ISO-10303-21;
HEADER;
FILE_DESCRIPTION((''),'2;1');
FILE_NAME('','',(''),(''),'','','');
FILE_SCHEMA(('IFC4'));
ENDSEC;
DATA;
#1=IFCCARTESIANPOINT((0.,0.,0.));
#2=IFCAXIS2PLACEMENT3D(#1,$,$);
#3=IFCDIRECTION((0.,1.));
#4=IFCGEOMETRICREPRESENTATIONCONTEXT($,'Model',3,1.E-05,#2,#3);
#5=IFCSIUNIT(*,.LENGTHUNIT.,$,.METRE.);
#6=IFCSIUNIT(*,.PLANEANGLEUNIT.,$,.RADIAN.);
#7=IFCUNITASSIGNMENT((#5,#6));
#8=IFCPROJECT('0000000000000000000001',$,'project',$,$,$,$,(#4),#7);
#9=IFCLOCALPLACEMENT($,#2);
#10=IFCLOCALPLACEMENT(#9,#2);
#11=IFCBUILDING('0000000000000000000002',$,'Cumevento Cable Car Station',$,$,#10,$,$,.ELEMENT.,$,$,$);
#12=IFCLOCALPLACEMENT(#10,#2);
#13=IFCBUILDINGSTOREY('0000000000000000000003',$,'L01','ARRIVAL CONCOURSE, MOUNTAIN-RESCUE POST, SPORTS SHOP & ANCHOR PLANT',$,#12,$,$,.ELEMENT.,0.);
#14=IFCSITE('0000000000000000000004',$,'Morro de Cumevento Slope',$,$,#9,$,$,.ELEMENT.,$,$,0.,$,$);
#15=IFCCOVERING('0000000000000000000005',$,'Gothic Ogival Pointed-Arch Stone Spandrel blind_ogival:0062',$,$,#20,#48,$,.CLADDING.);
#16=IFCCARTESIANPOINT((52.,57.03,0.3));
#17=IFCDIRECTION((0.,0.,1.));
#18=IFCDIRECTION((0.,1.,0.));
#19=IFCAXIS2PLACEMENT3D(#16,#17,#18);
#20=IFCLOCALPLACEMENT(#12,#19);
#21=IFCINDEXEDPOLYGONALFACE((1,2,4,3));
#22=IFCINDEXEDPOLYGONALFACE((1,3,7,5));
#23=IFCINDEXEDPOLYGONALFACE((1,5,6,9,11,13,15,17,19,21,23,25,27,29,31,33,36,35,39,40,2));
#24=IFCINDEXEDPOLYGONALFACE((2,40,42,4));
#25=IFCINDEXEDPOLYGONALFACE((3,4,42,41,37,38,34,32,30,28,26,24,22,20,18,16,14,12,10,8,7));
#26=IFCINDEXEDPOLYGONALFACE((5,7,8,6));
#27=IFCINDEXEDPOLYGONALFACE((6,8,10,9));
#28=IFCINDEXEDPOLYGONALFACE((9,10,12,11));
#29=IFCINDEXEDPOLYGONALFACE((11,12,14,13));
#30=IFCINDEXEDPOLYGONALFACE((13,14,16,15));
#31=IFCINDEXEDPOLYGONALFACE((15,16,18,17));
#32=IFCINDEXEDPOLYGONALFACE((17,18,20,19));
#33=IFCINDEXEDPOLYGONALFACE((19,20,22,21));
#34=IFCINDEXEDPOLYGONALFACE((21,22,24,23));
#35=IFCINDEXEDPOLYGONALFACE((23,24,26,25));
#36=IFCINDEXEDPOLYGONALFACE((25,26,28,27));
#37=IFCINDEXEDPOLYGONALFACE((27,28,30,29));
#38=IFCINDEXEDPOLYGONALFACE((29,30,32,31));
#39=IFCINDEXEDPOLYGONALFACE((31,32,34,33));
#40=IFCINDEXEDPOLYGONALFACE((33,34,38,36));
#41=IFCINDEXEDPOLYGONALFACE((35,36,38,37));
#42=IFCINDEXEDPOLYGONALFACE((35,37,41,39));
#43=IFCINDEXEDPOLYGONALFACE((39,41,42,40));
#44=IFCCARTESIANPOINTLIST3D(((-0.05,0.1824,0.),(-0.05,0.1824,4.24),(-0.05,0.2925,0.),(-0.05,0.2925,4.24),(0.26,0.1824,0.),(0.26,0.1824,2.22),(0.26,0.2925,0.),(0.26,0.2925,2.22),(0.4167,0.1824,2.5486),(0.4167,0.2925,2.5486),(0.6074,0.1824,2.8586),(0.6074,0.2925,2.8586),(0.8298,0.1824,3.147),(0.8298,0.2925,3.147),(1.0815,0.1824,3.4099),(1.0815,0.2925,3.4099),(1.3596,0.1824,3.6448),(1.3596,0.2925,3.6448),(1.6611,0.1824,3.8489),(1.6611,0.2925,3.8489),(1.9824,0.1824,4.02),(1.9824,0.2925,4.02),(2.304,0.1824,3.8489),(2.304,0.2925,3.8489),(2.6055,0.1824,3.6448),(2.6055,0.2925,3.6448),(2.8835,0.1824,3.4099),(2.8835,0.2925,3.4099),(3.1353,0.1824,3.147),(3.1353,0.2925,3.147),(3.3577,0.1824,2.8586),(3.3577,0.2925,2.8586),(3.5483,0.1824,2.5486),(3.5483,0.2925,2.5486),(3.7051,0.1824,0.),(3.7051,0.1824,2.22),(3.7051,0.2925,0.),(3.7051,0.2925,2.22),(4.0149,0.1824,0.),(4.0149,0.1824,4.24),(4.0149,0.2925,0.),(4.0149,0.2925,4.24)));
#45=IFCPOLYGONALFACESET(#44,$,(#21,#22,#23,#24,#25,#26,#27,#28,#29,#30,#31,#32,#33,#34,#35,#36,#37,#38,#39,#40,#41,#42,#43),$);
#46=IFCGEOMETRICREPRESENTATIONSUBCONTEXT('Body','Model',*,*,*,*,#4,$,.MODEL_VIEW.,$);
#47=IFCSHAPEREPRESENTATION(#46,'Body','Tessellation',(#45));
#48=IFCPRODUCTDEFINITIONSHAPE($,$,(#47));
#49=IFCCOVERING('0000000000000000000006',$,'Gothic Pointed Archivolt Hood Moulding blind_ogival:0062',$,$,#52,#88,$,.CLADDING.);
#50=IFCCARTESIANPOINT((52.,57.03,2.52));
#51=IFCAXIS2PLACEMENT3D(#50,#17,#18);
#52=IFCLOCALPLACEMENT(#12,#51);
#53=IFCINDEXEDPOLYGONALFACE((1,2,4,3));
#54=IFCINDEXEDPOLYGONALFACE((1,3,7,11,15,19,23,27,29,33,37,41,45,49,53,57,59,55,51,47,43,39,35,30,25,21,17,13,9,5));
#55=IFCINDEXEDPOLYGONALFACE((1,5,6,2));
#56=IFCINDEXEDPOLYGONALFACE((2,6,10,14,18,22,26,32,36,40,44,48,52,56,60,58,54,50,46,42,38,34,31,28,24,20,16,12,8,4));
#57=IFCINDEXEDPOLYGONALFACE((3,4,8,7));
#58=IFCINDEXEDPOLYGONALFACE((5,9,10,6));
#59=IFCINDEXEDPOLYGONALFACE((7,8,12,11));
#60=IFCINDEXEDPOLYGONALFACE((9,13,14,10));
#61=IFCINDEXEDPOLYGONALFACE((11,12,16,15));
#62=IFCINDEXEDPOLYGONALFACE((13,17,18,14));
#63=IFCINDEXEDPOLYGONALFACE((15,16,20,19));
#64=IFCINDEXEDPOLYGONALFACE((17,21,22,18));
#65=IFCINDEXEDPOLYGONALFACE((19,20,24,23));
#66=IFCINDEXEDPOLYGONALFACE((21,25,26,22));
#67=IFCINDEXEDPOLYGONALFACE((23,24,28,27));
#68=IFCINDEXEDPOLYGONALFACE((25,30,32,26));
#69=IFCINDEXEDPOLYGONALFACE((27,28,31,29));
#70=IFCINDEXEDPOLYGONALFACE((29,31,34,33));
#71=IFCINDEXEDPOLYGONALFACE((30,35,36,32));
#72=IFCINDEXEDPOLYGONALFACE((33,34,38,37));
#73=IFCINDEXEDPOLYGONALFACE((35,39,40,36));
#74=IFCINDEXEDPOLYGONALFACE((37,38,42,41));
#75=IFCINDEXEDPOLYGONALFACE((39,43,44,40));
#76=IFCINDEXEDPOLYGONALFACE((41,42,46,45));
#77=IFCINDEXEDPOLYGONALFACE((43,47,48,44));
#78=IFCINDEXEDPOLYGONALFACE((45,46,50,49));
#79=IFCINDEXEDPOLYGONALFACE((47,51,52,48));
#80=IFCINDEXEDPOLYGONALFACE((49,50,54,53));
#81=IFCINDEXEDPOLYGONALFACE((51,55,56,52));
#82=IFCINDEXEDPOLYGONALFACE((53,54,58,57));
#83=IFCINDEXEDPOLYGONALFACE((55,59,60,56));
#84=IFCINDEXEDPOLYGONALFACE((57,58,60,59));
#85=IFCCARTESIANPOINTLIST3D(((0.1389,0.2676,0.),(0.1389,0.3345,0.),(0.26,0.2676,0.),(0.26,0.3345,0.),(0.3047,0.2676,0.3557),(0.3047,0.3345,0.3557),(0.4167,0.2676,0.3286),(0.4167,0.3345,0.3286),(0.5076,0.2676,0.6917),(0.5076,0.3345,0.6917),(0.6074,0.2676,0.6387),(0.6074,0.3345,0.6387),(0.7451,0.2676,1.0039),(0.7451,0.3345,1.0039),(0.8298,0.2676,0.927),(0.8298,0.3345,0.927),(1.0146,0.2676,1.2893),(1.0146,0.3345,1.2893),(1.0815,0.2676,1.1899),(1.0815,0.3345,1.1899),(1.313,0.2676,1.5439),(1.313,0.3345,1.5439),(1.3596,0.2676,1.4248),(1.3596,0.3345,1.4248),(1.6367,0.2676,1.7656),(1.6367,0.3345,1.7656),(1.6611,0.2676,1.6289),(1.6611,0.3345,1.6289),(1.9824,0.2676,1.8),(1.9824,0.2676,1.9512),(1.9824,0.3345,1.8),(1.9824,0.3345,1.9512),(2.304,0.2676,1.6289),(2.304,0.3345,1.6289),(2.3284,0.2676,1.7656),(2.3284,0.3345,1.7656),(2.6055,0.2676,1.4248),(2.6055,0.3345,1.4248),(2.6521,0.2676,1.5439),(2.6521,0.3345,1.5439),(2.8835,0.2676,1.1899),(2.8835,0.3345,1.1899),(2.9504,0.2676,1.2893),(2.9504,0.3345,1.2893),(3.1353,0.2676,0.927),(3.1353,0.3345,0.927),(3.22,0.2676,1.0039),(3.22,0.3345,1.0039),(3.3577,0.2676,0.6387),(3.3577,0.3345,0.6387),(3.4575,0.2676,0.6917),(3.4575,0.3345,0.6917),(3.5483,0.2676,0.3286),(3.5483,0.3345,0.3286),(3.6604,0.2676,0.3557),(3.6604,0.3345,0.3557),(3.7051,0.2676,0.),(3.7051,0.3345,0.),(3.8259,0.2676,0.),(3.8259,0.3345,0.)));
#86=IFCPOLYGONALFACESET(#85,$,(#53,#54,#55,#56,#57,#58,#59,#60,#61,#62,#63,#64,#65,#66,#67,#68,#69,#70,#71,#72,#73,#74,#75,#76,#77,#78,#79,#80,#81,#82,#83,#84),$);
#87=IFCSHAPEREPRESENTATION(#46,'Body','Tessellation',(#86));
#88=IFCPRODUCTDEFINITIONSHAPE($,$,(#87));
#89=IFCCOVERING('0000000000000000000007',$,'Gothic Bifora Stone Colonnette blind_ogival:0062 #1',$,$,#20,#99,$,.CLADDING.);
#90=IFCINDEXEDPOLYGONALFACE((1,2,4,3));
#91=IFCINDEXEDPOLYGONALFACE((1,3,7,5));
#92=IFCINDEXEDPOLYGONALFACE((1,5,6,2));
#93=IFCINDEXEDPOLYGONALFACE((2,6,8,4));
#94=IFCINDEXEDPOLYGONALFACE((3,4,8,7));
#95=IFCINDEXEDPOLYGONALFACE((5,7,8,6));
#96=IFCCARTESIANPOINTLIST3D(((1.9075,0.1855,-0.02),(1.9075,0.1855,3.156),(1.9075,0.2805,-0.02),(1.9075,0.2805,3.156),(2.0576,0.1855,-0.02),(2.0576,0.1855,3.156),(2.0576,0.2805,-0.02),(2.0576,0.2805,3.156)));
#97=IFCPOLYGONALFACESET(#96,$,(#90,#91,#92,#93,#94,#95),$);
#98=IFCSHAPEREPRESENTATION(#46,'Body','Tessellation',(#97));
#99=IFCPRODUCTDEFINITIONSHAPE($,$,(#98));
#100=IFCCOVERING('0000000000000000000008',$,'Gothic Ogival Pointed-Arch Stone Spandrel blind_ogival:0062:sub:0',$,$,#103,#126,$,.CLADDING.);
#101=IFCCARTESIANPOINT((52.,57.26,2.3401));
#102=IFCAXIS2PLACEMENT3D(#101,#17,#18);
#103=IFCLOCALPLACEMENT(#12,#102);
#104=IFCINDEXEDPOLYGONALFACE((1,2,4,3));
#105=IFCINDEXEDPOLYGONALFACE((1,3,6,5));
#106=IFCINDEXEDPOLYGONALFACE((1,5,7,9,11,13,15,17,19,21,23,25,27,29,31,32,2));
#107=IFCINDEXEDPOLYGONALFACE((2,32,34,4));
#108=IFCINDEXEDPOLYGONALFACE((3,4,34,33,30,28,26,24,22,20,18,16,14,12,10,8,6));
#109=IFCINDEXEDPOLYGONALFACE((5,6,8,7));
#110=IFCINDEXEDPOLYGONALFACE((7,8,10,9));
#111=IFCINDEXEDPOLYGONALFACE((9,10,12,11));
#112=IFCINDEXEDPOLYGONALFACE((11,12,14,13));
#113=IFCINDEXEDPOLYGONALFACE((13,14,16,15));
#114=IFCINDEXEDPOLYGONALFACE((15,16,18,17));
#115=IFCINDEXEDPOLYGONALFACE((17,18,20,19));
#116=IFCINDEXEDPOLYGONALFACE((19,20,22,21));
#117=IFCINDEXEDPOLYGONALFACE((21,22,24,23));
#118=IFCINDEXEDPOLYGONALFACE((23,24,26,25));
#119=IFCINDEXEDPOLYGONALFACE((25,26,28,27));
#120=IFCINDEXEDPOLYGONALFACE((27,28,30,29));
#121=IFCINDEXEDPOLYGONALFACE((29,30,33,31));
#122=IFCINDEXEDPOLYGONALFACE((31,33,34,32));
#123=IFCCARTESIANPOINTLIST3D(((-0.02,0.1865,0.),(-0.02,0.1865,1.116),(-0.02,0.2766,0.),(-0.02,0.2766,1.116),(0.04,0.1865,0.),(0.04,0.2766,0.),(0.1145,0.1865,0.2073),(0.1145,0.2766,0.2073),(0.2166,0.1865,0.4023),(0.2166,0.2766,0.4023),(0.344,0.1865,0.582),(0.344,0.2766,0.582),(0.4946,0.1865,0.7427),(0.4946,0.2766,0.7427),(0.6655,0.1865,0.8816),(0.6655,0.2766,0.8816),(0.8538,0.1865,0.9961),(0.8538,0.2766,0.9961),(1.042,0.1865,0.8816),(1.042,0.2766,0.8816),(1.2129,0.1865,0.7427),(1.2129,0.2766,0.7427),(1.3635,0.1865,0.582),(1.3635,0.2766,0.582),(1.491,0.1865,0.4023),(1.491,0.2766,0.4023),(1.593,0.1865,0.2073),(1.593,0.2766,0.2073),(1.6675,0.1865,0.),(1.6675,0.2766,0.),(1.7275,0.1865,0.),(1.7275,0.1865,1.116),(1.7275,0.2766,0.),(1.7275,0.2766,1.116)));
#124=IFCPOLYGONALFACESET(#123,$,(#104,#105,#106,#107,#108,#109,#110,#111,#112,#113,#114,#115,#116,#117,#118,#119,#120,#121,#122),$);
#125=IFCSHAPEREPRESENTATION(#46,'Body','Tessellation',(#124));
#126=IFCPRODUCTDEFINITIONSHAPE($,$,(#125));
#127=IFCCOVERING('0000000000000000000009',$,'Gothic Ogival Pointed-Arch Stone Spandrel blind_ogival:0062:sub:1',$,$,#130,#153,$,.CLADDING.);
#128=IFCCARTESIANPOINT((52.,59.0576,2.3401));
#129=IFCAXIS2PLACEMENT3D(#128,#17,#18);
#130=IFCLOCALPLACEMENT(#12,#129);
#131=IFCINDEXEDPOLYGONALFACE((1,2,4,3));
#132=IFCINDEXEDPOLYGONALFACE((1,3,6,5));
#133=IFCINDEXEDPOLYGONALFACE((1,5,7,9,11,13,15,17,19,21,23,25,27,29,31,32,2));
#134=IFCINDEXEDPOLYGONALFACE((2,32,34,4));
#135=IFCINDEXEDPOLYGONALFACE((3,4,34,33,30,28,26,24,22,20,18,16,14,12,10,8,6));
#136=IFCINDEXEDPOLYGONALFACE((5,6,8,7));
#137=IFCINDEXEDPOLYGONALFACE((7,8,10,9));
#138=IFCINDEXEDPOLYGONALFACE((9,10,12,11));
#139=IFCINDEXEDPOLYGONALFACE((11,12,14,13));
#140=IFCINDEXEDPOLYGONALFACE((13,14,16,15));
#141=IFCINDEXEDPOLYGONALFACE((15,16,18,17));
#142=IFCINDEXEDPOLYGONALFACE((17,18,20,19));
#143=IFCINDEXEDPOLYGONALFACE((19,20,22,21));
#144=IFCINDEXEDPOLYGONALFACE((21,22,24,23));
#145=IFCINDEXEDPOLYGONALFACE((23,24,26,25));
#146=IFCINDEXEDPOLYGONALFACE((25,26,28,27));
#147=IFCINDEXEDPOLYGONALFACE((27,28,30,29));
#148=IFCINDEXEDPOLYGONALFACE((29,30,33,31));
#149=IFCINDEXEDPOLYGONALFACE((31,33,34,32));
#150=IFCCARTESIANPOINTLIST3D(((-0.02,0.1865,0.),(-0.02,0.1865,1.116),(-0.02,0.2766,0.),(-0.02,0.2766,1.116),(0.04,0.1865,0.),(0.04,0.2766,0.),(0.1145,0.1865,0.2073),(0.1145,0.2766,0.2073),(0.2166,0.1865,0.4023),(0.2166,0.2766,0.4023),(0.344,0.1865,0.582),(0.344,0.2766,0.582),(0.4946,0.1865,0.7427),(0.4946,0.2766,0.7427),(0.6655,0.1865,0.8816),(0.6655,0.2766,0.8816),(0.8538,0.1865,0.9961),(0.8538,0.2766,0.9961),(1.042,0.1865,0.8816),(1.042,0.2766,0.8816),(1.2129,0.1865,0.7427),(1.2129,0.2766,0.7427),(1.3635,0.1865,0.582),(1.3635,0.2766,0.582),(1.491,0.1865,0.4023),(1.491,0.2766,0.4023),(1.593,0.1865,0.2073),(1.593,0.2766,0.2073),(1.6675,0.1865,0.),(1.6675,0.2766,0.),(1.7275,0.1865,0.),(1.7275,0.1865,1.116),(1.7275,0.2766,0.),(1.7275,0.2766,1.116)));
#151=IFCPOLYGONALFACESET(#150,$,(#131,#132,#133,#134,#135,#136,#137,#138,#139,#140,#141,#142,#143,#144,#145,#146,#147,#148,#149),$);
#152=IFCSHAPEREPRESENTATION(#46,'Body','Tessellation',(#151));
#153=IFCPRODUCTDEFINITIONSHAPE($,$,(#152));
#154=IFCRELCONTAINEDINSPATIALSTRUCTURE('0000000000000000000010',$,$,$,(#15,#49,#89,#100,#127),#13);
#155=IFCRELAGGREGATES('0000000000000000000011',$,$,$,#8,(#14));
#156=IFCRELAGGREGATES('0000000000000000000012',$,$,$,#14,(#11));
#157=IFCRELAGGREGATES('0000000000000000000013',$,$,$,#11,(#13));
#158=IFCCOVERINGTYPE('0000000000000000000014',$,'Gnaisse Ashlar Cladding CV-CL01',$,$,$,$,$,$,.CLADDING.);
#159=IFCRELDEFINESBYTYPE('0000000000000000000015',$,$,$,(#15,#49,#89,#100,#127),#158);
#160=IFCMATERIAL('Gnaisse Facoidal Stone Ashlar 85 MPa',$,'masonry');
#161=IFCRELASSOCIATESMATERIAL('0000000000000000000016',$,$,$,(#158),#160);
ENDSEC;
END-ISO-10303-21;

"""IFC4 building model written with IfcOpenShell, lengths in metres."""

from ifc_helpers import new_model, si_unit, direction, frame, origin, place, context, subcontext, project, spatial, polyline, outline, extrude, material, type_object, element, save


model = new_model("IFC4")

# Units and contexts
model_context = context("Model", 3, precision=1e-05, world=origin(), true_north=direction((0.0, 1.0)))
body_context = subcontext(model_context, "Body", "Model", "MODEL_VIEW")
ifc_project = project(units=[si_unit("LENGTHUNIT", "METRE"), si_unit("PLANEANGLEUNIT", "RADIAN")], contexts=[model_context])

# Site, building, storey
site_placement = place(None, origin())
site = spatial("IfcSite", under=ifc_project, at=site_placement, Name="Morro de Cumevento Slope", CompositionType="ELEMENT", RefElevation=0.0)
building_placement = place(site_placement, origin())
building = spatial("IfcBuilding", under=site, at=building_placement, Name="Cumevento Cable Car Station", CompositionType="ELEMENT")
storey_placement = place(building_placement, origin())
storey = spatial("IfcBuildingStorey", under=building, at=storey_placement, Name="L01", Description="ARRIVAL CONCOURSE, MOUNTAIN-RESCUE POST, SPORTS SHOP & ANCHOR PLANT", CompositionType="ELEMENT", Elevation=0.0)

# Coverings
ifc_material_1 = material(Name="Gnaisse Facoidal Stone Ashlar 85 MPa", Category="masonry")
covering_type = type_object("IfcCoveringType", Name="Gnaisse Ashlar Cladding CV-CL01", PredefinedType="CLADDING", material=ifc_material_1)
placement = place(storey_placement, frame((52.0, 57.03, 0.3), z_axis=(0.0, 0.0, 1.0), x_axis=(0.0, 1.0, 0.0)))
element("IfcCovering", 1, at=placement, inside=storey, type_object=covering_type, Name="Gothic Ogival Pointed-Arch Stone Spandrel blind_ogival:0062", PredefinedType="CLADDING", context=body_context, shape_type="SweptSolid", body=[
    extrude(outline(polyline([(-0.05, 0.0), (-0.05, 4.24), (4.0149, 4.24), (4.0149, 0.0), (3.7051, 0.0), (3.7051, 2.22), (3.5483, 2.5486), (3.3577, 2.8586), (3.1353, 3.147), (2.8835, 3.4099), (2.6055, 3.6448), (2.304, 3.8489), (1.9824, 4.02), (1.6611, 3.8489), (1.3596, 3.6448), (1.0815, 3.4099), (0.8298, 3.147), (0.6074, 2.8586), (0.4167, 2.5486), (0.26, 2.22), (0.26, 0.0), (-0.05, 0.0)])), frame((0.0, 0.2925, 0.0), z_axis=(0.0, -1.0, 0.0), x_axis=(1.0, 0.0, 0.0)), (0.0, 0.0, 1.0), 0.1101),
])
covering_1_placement = place(storey_placement, frame((52.0, 57.03, 2.52), z_axis=(0.0, 0.0, 1.0), x_axis=(0.0, 1.0, 0.0)))
element("IfcCovering", 2, at=covering_1_placement, inside=storey, type_object=covering_type, Name="Gothic Pointed Archivolt Hood Moulding blind_ogival:0062", PredefinedType="CLADDING", context=body_context, shape_type="SweptSolid", body=[
    extrude(outline(polyline([(0.26, 0.0), (0.4167, 0.3286), (0.6074, 0.6387), (0.8298, 0.927), (1.0815, 1.1899), (1.3596, 1.4248), (1.6611, 1.6289), (1.9824, 1.8), (2.304, 1.6289), (2.6055, 1.4248), (2.8835, 1.1899), (3.1353, 0.927), (3.3577, 0.6387), (3.5483, 0.3286), (3.7051, 0.0), (3.8259, 0.0), (3.6604, 0.3557), (3.4575, 0.6917), (3.22, 1.0039), (2.9504, 1.2893), (2.6521, 1.5439), (2.3284, 1.7656), (1.9824, 1.9512), (1.6367, 1.7656), (1.313, 1.5439), (1.0146, 1.2893), (0.7451, 1.0039), (0.5076, 0.6917), (0.3047, 0.3557), (0.1389, 0.0), (0.26, 0.0)])), frame((0.0, 0.3345, 0.0), z_axis=(0.0, -1.0, 0.0), x_axis=(1.0, 0.0, 0.0)), (0.0, 0.0, 1.0), 0.0669),
])
element("IfcCovering", 3, at=placement, inside=storey, type_object=covering_type, Name="Gothic Bifora Stone Colonnette blind_ogival:0062 #1", PredefinedType="CLADDING", context=body_context, shape_type="SweptSolid", body=[
    extrude(outline(polyline([(1.9075, -0.02), (2.0576, -0.02), (2.0576, 3.156), (1.9075, 3.156), (1.9075, -0.02)])), frame((0.0, 0.2805, 0.0), z_axis=(0.0, -1.0, 0.0), x_axis=(1.0, 0.0, 0.0)), (0.0, 0.0, 1.0), 0.095),
])
for number, where, z_axis, x_axis, name in (
    (4, (52.0, 57.26, 2.3401), (0.0, 0.0, 1.0), (0.0, 1.0, 0.0), "Gothic Ogival Pointed-Arch Stone Spandrel blind_ogival:0062:sub:0"),
    (5, (52.0, 59.0576, 2.3401), (0.0, 0.0, 1.0), (0.0, 1.0, 0.0), "Gothic Ogival Pointed-Arch Stone Spandrel blind_ogival:0062:sub:1"),
):
    element("IfcCovering", number, at=place(storey_placement, frame(where, z_axis=z_axis, x_axis=x_axis)), inside=storey, type_object=covering_type, Name=name, PredefinedType="CLADDING", context=body_context, shape_type="SweptSolid", body=[
        extrude(outline(polyline([(-0.02, 0.0), (-0.02, 1.116), (1.7275, 1.116), (1.7275, 0.0), (1.6675, 0.0), (1.593, 0.2073), (1.491, 0.4023), (1.3635, 0.582), (1.2129, 0.7427), (1.042, 0.8816), (0.8538, 0.9961), (0.6655, 0.8816), (0.4946, 0.7427), (0.344, 0.582), (0.2166, 0.4023), (0.1145, 0.2073), (0.04, 0.0), (-0.02, 0.0)])), frame((0.0, 0.2766, 0.0), z_axis=(0.0, -1.0, 0.0), x_axis=(1.0, 0.0, 0.0)), (0.0, 0.0, 1.0), 0.0901),
    ])

save(model, "model.ifc")
